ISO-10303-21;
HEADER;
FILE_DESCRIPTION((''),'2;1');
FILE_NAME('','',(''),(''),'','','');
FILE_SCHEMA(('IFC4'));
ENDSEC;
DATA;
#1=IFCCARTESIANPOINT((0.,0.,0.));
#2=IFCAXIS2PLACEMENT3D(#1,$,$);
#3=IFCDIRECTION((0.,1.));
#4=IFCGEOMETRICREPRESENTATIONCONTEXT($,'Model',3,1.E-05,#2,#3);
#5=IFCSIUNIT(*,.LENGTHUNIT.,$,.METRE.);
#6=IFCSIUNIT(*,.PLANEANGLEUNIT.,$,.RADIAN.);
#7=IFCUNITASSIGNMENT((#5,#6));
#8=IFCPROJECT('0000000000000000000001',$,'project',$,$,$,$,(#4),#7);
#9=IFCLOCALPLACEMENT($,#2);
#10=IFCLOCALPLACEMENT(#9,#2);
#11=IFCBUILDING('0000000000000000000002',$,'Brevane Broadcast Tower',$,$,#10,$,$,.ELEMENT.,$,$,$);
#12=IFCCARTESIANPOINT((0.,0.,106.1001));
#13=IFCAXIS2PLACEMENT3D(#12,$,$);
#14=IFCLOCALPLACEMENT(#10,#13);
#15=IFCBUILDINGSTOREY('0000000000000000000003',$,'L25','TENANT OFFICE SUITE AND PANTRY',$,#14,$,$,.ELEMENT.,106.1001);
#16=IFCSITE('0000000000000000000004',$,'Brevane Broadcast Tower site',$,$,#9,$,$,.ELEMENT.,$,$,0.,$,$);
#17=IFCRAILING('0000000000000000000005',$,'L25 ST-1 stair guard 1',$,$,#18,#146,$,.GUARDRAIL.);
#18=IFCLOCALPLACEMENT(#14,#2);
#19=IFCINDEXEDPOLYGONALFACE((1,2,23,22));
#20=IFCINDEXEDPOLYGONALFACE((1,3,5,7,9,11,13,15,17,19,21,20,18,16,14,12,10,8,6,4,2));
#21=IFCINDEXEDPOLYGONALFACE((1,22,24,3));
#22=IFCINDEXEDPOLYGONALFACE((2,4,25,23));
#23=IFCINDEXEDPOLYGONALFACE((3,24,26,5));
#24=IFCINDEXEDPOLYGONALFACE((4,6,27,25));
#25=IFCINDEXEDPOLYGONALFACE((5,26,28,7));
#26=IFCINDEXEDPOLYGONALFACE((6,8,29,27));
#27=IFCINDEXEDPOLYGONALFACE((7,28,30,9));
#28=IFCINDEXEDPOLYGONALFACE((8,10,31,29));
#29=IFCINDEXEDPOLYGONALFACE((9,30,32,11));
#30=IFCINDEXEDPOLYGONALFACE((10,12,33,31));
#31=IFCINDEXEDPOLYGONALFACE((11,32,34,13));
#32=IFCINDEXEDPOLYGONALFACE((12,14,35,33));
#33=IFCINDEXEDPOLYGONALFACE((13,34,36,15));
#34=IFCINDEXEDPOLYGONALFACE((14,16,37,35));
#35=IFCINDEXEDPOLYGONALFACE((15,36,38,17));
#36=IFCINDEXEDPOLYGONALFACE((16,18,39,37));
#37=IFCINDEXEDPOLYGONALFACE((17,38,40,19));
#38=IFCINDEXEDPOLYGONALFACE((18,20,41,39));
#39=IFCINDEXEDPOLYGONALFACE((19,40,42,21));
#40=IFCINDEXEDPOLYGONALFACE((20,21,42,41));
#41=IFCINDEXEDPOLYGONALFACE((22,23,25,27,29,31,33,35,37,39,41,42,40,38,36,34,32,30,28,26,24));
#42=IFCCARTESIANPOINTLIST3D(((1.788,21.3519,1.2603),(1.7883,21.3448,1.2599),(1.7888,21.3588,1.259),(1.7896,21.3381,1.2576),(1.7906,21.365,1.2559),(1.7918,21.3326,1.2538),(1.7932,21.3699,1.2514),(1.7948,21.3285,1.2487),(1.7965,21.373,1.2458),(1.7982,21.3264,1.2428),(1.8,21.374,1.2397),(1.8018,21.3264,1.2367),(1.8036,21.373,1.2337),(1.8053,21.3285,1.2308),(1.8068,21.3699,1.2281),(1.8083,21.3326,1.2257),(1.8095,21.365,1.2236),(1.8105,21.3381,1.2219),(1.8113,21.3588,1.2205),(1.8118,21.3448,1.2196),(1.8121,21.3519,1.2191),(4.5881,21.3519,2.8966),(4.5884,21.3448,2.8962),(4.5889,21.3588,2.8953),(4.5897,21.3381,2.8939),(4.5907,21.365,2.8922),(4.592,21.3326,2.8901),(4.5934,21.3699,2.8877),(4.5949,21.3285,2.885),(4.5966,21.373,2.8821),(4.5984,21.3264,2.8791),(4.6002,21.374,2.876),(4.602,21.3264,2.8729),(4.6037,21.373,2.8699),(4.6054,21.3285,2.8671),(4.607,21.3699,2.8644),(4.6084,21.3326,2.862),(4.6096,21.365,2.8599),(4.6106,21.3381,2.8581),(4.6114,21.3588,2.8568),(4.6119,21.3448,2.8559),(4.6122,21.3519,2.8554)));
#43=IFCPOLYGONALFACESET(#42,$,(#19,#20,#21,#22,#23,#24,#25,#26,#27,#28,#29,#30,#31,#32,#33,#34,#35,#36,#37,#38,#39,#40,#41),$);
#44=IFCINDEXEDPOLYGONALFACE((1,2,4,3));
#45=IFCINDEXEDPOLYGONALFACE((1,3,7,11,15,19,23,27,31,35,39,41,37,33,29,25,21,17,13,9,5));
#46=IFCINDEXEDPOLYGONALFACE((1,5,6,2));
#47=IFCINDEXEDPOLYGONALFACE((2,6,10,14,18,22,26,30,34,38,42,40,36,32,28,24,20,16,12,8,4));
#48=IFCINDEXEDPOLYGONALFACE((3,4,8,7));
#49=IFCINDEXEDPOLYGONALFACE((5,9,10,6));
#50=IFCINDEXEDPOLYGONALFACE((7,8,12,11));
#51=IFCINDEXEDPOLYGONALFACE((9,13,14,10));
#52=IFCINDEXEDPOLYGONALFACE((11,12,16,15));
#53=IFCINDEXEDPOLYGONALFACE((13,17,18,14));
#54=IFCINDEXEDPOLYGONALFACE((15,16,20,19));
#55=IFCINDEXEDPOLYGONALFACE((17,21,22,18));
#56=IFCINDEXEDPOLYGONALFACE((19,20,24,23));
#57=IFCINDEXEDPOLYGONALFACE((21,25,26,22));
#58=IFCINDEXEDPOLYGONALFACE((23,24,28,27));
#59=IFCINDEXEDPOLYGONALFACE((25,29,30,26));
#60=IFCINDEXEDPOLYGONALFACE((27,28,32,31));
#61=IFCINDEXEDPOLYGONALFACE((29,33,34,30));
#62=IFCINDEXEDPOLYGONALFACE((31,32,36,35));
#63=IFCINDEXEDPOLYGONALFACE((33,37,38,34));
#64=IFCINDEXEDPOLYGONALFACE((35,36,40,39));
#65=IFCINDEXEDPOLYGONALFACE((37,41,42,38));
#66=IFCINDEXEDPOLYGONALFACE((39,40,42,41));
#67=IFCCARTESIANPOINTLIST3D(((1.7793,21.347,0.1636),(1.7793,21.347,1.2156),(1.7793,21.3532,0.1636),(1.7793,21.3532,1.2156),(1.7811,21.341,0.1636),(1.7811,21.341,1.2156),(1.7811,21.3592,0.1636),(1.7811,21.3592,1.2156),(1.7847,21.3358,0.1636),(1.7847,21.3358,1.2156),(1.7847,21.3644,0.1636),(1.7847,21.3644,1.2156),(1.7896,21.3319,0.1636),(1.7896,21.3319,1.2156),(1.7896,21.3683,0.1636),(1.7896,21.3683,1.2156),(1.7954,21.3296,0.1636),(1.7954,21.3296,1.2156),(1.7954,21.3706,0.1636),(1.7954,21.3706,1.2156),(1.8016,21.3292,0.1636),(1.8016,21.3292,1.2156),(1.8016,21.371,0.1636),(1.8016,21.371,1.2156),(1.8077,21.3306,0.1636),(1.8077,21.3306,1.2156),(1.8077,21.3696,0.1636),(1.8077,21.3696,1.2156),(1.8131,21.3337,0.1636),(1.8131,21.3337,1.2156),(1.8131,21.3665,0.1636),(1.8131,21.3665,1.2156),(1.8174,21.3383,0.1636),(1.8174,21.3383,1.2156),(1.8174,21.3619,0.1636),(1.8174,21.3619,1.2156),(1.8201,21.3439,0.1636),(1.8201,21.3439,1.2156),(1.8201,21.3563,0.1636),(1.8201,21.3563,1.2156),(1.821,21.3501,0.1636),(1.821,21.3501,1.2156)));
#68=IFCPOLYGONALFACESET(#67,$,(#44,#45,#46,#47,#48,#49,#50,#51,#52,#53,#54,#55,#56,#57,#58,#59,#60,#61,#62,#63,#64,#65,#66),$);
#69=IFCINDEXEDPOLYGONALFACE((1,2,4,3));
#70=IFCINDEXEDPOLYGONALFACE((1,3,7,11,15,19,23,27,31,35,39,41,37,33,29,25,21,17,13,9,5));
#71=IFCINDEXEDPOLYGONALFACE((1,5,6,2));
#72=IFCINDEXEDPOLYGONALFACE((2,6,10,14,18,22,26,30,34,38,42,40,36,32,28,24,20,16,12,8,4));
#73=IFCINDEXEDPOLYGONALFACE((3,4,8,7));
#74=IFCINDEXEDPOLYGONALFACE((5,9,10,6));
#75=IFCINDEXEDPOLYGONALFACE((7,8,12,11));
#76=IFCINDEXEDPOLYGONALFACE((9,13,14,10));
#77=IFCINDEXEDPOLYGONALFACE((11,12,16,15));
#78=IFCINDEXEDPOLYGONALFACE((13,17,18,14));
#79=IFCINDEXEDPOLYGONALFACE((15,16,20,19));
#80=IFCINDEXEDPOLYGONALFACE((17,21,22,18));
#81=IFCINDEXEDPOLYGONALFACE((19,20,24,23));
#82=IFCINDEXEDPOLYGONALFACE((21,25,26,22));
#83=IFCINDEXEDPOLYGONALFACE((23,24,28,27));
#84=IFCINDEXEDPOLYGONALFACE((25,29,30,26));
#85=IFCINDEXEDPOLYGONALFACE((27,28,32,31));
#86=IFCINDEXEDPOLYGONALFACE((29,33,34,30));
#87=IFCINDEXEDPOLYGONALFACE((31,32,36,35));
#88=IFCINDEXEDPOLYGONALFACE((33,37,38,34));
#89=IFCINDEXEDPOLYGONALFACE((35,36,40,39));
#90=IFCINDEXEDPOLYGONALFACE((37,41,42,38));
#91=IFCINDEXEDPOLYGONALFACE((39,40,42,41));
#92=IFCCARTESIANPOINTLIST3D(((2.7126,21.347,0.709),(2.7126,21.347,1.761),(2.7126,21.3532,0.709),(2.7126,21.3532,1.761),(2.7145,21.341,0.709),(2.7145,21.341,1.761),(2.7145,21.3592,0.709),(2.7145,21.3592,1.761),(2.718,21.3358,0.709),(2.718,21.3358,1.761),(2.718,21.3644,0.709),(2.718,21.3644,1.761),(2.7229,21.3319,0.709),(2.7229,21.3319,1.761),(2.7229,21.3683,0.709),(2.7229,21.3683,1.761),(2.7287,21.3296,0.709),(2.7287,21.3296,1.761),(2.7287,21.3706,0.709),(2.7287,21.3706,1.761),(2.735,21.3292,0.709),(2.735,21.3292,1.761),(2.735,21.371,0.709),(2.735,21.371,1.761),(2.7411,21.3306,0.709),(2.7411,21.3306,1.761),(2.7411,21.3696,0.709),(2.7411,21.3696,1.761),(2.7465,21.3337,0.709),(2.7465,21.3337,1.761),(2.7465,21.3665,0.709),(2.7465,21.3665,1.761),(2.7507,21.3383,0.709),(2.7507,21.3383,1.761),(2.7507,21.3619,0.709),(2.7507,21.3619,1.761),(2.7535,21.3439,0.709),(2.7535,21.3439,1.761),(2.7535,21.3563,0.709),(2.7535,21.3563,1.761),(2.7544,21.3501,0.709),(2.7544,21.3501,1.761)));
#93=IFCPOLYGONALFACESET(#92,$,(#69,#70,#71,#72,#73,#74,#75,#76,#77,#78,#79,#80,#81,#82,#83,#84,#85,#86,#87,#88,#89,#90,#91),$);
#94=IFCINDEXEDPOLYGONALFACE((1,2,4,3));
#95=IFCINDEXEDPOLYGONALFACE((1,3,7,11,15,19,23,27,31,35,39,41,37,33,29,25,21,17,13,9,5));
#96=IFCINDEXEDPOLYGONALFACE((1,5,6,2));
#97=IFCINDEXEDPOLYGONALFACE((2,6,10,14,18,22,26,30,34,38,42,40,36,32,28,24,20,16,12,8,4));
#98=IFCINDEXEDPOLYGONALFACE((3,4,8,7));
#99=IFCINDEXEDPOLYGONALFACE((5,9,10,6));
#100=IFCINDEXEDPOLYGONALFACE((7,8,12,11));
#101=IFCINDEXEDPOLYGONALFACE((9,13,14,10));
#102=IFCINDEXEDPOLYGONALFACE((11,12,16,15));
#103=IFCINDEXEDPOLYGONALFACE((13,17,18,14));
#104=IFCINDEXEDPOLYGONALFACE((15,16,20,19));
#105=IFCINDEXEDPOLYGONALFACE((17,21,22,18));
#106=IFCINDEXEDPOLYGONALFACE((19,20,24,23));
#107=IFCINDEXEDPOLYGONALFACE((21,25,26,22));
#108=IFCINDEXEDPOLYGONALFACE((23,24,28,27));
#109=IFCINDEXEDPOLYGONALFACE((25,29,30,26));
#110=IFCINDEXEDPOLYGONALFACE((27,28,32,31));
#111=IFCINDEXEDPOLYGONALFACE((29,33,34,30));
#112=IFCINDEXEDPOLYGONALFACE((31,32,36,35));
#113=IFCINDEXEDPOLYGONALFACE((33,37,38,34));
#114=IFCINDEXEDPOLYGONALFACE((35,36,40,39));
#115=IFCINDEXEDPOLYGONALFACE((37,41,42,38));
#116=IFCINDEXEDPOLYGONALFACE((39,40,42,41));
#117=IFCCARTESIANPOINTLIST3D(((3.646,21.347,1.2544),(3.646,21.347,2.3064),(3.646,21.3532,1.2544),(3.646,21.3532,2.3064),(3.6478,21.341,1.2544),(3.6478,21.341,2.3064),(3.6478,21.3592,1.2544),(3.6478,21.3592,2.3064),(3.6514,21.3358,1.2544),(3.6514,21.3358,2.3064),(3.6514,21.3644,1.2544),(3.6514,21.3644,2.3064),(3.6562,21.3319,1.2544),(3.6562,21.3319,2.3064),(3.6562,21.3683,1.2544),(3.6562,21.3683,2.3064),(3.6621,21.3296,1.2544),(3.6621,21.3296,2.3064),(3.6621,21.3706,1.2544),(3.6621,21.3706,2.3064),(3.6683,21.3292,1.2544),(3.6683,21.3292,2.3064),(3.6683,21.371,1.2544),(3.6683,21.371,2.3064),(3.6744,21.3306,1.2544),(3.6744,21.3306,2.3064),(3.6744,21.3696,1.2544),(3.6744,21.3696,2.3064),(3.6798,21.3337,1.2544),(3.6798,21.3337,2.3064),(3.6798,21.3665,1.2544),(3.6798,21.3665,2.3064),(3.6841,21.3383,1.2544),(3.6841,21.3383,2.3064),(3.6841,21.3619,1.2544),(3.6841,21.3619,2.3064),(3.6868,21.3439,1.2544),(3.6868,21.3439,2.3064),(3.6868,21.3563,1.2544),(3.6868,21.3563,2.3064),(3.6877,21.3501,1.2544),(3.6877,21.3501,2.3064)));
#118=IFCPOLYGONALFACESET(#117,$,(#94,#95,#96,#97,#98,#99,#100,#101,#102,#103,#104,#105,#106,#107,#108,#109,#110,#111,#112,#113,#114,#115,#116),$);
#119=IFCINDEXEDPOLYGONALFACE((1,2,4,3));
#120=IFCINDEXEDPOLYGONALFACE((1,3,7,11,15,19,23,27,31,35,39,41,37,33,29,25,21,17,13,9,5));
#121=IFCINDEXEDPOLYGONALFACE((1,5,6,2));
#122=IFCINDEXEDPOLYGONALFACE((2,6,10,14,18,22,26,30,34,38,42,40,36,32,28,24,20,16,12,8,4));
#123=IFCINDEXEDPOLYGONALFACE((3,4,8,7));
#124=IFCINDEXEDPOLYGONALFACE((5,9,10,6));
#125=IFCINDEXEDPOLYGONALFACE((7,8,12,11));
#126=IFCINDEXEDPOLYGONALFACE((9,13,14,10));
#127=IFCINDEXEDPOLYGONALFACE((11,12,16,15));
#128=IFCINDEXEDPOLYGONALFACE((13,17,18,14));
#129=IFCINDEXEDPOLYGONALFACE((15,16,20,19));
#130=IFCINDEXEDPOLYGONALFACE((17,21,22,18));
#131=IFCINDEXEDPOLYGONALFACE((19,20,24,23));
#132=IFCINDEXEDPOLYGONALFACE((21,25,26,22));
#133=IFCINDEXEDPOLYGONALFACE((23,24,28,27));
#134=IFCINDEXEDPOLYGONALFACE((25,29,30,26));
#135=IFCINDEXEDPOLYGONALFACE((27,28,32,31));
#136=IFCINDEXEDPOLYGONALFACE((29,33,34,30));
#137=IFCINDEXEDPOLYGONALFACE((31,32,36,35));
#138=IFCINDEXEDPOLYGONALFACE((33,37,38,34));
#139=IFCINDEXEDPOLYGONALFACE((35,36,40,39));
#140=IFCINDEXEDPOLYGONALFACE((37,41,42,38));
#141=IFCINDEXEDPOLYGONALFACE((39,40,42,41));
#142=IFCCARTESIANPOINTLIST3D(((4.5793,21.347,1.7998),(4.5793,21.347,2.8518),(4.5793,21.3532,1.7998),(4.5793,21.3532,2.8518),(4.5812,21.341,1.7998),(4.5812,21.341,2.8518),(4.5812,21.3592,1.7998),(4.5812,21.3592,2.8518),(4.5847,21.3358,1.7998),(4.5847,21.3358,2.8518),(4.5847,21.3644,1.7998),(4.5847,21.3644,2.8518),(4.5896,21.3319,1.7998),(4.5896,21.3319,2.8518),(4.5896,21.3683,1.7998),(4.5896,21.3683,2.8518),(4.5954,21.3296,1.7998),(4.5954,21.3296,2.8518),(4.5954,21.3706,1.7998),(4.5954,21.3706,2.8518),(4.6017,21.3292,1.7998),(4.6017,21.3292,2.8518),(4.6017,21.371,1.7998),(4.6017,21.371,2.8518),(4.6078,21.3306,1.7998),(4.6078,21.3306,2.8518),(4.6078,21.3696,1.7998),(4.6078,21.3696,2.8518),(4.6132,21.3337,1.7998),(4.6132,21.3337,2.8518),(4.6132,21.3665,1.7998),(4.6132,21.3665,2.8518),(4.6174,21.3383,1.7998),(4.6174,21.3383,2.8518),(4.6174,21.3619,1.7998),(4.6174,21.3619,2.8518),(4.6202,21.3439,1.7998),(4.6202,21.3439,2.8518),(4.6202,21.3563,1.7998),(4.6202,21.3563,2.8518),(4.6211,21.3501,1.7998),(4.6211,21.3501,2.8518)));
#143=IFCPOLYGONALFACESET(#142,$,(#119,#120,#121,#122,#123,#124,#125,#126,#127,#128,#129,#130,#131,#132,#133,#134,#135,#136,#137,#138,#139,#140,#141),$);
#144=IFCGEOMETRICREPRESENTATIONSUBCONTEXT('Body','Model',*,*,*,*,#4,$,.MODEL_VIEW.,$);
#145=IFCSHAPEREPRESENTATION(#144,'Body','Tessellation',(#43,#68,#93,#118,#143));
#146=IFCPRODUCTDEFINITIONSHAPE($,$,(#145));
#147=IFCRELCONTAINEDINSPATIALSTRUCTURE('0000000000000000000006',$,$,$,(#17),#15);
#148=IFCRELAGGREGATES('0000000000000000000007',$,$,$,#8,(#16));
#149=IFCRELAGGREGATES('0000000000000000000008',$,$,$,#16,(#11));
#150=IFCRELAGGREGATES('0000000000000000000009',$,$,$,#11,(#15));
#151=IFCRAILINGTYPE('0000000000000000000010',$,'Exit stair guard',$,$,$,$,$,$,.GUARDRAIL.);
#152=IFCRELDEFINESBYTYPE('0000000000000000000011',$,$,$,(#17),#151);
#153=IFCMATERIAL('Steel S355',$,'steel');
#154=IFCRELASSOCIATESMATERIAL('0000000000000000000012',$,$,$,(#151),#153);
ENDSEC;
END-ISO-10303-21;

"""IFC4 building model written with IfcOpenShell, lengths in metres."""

from ifc_helpers import new_model, si_unit, direction, frame, origin, origin_2d, place, context, subcontext, project, spatial, circle, extrude, material, type_object, element, save


model = new_model("IFC4")

# Units and contexts
model_context = context("Model", 3, precision=1e-05, world=origin(), true_north=direction((0.0, 1.0)))
body_context = subcontext(model_context, "Body", "Model", "MODEL_VIEW")
ifc_project = project(units=[si_unit("LENGTHUNIT", "METRE"), si_unit("PLANEANGLEUNIT", "RADIAN")], contexts=[model_context])

# Site, building, storey
site_placement = place(None, origin())
site = spatial("IfcSite", under=ifc_project, at=site_placement, Name="Brevane Broadcast Tower site", CompositionType="ELEMENT", RefElevation=0.0)
building_placement = place(site_placement, origin())
building = spatial("IfcBuilding", under=site, at=building_placement, Name="Brevane Broadcast Tower", CompositionType="ELEMENT")
storey_placement = place(building_placement, frame((0.0, 0.0, 106.1001)))
storey = spatial("IfcBuildingStorey", under=building, at=storey_placement, Name="L25", Description="TENANT OFFICE SUITE AND PANTRY", CompositionType="ELEMENT", Elevation=106.1001)

# Railing
ifc_material_1 = material(Name="Steel S355", Category="steel")
railing_type = type_object("IfcRailingType", Name="Exit stair guard", PredefinedType="GUARDRAIL", material=ifc_material_1)
railing_placement = place(storey_placement, frame((1.8, 21.3501, 0.1636)))
element("IfcRailing", 1, at=railing_placement, inside=storey, type_object=railing_type, Name="L25 ST-1 stair guard 1", PredefinedType="GUARDRAIL", context=body_context, shape_type="SweptSolid", body=[
    extrude(circle(Radius=0.0239, at=origin_2d()), frame((0.0, 0.0, 1.0762), z_axis=(0.863394, 0.0, 0.504531), x_axis=(0.0, 1.0, 0.0)), (0.0, 0.0, 1.0), 3.2432),
    extrude(circle(Radius=0.021, at=origin_2d()), origin(), (0.0, 0.0, 1.0), 1.052),
    extrude(circle(Radius=0.021, at=origin_2d()), frame((0.9333, 0.0, 0.5454)), (0.0, 0.0, 1.0), 1.052),
    extrude(circle(Radius=0.021, at=origin_2d()), frame((1.8667, 0.0, 1.0908)), (0.0, 0.0, 1.0), 1.052),
    extrude(circle(Radius=0.021, at=origin_2d()), frame((2.8, 0.0, 1.6362)), (0.0, 0.0, 1.0), 1.052),
])

save(model, "model.ifc")
